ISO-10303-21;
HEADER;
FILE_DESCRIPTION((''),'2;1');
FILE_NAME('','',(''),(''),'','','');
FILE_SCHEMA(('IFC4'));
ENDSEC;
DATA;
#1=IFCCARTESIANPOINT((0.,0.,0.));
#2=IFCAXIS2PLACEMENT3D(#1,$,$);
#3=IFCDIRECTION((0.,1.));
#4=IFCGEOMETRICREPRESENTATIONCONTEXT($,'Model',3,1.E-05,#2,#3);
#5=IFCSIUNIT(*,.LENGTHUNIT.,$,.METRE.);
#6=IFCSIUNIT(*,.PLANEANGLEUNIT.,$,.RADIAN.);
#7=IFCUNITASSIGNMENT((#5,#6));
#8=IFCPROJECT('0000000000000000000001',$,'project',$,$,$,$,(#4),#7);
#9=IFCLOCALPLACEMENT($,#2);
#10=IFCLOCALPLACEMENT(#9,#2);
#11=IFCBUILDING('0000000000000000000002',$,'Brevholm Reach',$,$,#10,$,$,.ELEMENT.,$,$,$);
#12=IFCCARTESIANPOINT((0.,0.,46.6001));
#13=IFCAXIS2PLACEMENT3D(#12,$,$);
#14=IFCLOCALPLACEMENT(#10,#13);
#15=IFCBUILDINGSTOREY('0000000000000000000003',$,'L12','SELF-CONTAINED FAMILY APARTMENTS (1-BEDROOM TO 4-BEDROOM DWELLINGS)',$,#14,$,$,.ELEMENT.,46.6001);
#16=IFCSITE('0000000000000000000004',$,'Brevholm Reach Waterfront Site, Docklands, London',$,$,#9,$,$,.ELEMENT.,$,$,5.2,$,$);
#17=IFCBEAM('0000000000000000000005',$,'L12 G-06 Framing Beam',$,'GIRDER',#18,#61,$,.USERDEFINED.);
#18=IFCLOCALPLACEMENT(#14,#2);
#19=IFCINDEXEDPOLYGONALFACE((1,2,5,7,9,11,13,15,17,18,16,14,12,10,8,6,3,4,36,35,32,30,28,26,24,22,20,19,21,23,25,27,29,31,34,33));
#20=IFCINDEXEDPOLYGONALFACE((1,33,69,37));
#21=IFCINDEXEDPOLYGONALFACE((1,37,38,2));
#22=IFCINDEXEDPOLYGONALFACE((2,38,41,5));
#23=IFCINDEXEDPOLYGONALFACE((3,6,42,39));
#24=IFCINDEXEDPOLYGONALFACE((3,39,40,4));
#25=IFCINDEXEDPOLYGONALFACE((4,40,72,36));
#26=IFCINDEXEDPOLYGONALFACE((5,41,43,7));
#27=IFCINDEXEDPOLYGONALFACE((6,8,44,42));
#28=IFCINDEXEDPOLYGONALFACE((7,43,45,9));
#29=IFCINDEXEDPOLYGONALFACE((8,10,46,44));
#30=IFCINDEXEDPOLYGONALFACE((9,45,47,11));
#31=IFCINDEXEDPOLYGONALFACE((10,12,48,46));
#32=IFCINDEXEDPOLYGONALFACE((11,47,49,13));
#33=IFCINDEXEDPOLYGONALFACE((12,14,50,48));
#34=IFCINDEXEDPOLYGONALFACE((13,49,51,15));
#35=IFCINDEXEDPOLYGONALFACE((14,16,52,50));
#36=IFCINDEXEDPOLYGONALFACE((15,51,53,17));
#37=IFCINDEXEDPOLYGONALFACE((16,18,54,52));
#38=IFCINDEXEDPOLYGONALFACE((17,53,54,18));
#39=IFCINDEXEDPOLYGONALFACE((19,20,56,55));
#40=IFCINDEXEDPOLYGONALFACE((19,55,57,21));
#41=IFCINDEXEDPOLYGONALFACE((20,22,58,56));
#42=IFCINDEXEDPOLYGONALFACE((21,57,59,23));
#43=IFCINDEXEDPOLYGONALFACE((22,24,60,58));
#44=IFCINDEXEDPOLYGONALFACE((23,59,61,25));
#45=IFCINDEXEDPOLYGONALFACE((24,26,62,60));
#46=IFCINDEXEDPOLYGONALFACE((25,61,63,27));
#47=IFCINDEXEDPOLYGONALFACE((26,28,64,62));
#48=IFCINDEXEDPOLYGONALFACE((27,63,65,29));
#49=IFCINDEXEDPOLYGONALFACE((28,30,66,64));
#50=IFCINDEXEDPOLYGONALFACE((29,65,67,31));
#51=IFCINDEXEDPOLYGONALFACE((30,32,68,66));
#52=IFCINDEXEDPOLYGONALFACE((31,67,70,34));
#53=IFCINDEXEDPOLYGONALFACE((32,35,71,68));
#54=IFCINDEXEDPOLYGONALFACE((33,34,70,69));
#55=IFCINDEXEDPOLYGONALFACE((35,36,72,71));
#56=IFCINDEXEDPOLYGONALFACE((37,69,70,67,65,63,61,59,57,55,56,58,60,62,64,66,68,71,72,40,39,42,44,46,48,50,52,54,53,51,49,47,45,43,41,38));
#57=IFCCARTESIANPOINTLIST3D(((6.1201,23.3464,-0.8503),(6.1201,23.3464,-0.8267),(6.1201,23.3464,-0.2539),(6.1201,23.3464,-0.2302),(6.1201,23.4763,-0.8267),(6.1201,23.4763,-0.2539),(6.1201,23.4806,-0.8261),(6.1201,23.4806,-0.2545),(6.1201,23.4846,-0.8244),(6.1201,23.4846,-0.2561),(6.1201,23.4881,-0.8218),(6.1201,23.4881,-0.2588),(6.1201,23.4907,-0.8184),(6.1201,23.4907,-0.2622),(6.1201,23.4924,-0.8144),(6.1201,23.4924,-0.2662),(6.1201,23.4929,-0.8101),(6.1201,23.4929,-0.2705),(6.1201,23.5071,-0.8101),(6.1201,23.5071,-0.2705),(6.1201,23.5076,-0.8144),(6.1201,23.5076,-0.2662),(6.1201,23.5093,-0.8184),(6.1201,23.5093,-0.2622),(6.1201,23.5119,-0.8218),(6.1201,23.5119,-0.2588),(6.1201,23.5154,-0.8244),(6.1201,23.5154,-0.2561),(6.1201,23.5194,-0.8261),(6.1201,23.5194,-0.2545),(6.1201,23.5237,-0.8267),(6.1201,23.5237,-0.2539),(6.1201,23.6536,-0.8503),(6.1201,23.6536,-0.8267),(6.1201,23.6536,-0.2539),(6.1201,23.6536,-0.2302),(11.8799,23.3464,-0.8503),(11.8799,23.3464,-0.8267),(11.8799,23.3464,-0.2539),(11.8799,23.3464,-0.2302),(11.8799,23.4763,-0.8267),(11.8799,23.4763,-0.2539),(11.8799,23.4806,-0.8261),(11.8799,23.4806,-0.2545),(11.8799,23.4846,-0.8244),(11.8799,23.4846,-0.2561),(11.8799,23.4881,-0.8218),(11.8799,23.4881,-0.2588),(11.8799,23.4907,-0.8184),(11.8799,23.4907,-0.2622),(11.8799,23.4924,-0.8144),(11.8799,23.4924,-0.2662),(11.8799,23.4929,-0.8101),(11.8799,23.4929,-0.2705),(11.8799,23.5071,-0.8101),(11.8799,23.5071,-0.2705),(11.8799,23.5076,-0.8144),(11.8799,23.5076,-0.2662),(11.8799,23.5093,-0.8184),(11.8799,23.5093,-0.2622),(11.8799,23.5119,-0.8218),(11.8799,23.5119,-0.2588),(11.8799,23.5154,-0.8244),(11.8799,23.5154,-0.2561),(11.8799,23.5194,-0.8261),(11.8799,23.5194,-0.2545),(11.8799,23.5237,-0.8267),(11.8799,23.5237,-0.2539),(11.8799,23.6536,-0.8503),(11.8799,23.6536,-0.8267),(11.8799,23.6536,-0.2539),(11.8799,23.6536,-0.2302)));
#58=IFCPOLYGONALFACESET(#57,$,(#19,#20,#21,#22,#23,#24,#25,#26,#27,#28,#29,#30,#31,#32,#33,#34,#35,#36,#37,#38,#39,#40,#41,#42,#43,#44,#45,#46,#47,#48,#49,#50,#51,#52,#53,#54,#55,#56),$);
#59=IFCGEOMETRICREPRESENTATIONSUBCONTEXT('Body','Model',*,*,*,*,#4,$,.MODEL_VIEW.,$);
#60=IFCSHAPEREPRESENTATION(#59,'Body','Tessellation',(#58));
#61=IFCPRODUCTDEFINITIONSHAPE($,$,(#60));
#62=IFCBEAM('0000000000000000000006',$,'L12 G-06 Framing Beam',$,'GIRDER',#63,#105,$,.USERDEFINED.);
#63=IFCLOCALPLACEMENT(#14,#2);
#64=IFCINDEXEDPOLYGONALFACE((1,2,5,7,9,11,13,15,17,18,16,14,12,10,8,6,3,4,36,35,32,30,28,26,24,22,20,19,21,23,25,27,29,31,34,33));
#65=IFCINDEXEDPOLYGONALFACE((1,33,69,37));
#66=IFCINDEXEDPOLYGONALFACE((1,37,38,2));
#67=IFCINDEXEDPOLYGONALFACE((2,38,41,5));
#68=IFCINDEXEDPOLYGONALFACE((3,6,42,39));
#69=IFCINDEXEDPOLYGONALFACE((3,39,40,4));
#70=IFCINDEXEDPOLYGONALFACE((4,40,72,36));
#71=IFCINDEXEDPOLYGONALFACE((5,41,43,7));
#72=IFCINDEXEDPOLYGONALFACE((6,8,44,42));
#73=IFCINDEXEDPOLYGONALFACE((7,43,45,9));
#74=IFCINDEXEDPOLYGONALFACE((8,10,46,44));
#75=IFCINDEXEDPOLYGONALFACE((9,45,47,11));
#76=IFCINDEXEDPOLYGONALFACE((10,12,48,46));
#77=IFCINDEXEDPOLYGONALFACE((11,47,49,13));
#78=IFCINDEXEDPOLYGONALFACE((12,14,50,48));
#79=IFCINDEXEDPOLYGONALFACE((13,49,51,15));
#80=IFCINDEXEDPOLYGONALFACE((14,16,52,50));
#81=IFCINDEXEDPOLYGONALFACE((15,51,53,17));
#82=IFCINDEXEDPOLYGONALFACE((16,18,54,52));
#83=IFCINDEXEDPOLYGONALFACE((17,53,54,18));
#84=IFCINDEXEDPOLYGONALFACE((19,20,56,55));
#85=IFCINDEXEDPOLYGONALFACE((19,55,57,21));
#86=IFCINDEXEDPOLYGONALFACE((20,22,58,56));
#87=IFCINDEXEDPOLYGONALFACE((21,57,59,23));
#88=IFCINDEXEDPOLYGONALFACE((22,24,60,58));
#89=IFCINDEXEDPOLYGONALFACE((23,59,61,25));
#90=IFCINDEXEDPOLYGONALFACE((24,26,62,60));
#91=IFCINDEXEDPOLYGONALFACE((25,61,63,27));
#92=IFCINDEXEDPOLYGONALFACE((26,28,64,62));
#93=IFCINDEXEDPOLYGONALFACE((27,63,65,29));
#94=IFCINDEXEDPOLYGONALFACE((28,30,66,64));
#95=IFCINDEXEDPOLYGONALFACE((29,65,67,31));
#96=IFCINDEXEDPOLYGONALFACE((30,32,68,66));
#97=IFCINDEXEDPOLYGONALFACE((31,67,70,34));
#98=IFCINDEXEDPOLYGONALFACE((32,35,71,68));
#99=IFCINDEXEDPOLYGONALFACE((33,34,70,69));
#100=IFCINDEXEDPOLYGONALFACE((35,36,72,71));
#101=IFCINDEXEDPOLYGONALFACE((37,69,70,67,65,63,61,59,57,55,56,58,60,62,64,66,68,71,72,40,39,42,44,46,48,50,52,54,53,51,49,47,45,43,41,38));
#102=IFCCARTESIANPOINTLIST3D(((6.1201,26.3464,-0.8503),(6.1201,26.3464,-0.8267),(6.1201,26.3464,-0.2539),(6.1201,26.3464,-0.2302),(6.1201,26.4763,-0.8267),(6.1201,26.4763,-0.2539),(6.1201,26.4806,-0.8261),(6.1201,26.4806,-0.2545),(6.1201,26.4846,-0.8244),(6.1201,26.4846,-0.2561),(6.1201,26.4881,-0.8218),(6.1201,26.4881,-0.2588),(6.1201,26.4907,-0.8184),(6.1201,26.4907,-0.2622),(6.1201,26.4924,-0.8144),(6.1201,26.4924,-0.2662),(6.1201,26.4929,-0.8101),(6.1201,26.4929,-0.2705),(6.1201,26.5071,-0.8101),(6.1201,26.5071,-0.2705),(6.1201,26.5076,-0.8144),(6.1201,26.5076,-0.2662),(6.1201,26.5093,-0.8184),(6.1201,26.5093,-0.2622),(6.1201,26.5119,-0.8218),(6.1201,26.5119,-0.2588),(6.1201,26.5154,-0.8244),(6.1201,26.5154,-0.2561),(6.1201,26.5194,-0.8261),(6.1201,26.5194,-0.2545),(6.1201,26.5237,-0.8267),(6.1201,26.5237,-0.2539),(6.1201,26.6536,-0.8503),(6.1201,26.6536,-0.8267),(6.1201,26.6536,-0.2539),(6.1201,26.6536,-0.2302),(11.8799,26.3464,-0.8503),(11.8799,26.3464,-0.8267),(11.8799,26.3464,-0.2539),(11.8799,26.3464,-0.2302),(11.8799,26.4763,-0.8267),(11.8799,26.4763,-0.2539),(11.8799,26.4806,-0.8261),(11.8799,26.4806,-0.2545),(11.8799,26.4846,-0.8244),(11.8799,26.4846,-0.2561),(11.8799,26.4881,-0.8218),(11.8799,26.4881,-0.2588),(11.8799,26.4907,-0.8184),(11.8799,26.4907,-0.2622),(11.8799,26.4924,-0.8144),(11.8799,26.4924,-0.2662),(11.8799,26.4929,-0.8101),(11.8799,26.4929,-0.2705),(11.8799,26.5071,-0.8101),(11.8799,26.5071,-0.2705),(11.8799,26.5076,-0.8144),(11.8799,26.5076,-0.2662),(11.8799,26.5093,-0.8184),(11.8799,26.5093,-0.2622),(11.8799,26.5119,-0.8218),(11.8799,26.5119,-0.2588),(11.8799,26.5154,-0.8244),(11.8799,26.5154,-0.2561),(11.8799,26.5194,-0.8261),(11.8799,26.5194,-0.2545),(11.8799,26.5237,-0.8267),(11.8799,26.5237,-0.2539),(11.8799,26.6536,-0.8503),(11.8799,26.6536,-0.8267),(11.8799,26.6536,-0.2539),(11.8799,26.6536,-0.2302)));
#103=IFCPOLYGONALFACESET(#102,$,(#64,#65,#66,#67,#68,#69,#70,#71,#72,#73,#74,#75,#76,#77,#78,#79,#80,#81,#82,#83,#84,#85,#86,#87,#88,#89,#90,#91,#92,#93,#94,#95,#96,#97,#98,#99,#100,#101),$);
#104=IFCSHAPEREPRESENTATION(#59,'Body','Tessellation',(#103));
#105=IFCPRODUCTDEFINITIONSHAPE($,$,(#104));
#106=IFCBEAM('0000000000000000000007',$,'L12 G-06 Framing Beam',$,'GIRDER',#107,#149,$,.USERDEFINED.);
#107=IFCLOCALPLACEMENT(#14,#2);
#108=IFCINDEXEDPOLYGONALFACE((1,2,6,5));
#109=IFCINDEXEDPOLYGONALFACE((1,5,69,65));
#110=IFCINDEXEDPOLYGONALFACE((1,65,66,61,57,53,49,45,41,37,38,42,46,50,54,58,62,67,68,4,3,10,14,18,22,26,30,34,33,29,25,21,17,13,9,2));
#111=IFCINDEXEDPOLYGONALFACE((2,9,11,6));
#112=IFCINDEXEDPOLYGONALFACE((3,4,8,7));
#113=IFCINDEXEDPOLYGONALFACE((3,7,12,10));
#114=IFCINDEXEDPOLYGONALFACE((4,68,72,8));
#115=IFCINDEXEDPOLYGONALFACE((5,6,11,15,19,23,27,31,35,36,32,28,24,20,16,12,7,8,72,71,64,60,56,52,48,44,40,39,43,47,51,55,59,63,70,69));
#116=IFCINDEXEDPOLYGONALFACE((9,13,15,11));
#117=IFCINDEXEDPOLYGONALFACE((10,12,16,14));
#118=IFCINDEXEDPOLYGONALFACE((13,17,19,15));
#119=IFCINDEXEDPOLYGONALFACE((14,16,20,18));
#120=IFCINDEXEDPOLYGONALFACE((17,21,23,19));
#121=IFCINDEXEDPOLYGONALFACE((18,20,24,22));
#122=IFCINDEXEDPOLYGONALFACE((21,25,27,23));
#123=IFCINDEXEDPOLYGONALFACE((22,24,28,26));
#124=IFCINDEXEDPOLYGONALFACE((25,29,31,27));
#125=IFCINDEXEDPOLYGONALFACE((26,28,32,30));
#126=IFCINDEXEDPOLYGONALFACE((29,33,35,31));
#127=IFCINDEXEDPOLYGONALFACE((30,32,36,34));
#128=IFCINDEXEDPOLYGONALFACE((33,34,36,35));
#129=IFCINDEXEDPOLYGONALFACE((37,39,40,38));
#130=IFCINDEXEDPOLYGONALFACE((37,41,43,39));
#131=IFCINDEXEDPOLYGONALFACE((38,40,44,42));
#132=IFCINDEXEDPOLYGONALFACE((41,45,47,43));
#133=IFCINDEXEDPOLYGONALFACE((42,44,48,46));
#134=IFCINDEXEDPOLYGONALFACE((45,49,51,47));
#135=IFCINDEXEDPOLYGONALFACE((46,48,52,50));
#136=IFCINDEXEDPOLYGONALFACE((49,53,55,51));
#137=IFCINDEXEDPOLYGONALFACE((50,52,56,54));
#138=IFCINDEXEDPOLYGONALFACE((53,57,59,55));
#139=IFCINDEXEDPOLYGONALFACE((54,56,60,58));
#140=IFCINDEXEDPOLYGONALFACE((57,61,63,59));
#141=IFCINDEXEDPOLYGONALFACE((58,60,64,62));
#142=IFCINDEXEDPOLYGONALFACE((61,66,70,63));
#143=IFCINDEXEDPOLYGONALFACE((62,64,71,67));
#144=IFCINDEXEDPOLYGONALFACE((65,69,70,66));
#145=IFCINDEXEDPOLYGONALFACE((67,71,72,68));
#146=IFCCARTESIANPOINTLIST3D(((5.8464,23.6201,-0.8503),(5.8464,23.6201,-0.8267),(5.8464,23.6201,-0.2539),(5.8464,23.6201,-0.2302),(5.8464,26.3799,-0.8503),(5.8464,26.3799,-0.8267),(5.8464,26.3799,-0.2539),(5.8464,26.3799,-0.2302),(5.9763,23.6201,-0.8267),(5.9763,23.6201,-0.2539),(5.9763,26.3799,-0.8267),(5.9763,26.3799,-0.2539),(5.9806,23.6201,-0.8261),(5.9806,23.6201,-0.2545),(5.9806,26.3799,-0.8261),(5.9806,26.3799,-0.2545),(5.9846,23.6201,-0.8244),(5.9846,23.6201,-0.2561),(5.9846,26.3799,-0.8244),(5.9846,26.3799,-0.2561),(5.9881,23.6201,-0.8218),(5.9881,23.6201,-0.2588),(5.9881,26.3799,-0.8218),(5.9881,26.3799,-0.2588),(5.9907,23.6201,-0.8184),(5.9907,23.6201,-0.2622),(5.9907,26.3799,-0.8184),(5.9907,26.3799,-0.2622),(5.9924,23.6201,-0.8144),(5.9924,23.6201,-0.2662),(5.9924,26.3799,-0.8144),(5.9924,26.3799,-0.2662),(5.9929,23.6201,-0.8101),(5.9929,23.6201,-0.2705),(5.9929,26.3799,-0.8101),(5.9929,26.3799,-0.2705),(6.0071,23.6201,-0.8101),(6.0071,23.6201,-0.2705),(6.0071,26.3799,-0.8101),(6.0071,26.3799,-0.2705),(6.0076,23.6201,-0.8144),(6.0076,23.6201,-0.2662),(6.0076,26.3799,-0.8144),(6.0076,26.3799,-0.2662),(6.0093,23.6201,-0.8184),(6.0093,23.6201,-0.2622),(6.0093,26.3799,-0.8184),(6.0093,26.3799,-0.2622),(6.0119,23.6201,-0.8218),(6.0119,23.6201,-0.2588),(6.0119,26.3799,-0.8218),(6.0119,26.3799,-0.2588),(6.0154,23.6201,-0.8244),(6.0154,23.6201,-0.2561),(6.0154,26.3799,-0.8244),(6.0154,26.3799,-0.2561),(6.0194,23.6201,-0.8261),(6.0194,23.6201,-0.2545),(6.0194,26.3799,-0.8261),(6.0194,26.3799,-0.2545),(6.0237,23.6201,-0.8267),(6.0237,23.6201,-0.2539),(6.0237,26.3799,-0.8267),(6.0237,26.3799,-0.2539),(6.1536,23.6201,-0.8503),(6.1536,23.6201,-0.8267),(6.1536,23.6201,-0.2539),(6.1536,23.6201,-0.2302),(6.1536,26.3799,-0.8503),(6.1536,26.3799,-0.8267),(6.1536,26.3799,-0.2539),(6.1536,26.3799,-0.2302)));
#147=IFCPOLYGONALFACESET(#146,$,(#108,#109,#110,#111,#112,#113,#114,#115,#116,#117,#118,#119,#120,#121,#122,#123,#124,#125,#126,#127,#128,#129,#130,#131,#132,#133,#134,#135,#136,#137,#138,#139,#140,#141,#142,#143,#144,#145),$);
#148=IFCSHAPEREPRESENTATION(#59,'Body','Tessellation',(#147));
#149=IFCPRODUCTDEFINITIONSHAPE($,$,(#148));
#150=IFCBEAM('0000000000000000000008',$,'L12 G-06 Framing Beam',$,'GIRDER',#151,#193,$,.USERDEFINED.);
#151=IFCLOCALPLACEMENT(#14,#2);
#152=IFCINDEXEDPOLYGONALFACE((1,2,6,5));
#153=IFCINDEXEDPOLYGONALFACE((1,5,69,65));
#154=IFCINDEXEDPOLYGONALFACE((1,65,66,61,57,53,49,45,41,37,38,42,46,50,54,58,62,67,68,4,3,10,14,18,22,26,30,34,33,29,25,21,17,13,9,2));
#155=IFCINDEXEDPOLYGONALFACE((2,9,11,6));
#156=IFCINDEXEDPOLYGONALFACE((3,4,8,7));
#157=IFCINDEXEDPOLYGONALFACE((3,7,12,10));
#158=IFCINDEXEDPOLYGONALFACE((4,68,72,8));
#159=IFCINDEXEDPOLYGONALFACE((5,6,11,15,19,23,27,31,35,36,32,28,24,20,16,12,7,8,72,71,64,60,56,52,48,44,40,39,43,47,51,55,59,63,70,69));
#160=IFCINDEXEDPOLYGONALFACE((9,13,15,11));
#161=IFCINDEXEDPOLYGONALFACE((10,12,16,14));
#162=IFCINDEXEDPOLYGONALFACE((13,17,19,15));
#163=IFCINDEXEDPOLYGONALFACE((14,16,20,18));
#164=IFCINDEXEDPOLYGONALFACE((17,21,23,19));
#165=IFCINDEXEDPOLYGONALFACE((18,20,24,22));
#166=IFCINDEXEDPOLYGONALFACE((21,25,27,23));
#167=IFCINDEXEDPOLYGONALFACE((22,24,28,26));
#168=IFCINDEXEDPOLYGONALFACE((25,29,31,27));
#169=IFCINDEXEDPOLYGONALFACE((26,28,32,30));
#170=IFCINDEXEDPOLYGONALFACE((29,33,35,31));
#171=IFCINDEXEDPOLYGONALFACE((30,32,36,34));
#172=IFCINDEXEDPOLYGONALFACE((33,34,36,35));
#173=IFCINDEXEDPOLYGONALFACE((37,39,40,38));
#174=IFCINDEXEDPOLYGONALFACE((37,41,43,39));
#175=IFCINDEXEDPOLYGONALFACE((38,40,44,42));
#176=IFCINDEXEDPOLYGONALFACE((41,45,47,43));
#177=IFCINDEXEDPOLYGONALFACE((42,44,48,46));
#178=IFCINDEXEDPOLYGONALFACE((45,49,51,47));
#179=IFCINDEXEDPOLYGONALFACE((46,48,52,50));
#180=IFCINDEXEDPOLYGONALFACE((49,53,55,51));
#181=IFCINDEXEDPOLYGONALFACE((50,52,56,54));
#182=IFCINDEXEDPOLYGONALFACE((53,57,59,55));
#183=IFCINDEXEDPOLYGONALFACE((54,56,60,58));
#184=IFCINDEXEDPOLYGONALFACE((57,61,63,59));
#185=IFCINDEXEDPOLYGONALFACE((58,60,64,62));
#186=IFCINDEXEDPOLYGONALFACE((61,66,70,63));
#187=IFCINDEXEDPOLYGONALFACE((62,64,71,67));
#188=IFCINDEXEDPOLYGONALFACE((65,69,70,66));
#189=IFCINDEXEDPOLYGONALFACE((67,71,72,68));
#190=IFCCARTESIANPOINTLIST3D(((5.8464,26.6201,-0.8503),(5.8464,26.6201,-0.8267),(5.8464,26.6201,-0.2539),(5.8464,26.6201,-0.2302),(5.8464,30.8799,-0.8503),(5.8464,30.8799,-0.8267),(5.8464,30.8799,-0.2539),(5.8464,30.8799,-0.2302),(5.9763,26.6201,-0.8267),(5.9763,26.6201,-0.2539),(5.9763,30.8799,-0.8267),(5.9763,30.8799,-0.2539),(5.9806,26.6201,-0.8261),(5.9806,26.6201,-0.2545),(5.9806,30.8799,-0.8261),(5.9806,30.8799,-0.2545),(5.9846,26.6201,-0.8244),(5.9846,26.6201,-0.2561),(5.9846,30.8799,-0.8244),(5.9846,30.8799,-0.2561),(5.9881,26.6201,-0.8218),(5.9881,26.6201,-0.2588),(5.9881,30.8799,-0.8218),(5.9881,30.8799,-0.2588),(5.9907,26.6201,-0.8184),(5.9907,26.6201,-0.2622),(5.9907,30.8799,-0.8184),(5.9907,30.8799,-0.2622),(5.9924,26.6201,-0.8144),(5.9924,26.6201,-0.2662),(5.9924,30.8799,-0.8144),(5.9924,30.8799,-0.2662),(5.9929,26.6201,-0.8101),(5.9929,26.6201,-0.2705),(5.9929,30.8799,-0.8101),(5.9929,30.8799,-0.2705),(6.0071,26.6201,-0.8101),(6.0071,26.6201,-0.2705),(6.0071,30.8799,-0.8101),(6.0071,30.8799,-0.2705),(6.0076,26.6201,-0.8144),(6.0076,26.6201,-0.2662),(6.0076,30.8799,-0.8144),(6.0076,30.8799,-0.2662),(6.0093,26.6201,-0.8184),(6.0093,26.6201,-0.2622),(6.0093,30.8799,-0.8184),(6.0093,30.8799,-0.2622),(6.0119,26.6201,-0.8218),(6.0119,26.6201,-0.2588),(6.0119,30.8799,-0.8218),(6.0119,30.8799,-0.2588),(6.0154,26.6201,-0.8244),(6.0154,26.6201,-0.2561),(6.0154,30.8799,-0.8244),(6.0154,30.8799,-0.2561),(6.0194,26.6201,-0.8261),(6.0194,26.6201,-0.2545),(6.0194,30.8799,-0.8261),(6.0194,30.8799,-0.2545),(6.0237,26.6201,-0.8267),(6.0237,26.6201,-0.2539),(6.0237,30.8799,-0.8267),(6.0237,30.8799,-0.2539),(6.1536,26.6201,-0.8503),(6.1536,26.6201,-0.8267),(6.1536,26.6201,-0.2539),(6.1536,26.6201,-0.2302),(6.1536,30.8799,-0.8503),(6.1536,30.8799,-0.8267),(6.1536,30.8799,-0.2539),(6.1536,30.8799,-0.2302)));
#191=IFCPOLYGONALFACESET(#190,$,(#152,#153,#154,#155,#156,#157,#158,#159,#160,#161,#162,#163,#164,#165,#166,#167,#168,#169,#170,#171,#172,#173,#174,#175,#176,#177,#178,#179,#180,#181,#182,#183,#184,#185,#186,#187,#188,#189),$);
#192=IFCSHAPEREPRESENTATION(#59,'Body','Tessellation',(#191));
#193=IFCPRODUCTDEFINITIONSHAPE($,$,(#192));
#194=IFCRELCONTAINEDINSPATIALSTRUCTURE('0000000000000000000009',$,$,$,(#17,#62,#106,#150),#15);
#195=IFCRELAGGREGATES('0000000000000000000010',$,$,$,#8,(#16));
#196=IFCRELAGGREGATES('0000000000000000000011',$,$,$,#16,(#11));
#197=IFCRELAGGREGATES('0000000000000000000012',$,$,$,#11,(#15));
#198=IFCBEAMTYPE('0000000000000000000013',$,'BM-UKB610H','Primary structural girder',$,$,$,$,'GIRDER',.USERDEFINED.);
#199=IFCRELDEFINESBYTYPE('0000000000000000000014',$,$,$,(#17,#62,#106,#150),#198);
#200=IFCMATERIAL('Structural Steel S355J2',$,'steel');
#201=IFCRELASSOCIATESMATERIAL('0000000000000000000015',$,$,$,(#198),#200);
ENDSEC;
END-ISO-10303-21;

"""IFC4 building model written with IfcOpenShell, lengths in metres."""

from ifc_helpers import new_model, si_unit, direction, frame, origin, origin_2d, place, context, subcontext, project, spatial, i_section, extrude, material, material_profile, profile_set, type_object, element, save


model = new_model("IFC4")

# Units and contexts
model_context = context("Model", 3, precision=1e-05, world=origin(), true_north=direction((0.0, 1.0)))
body_context = subcontext(model_context, "Body", "Model", "MODEL_VIEW")
ifc_project = project(units=[si_unit("LENGTHUNIT", "METRE"), si_unit("PLANEANGLEUNIT", "RADIAN")], contexts=[model_context])

# Site, building, storey
site_placement = place(None, origin())
site = spatial("IfcSite", under=ifc_project, at=site_placement, Name="Brevholm Reach Waterfront Site, Docklands, London", CompositionType="ELEMENT", RefElevation=5.2)
building_placement = place(site_placement, origin())
building = spatial("IfcBuilding", under=site, at=building_placement, Name="Brevholm Reach", CompositionType="ELEMENT")
storey_placement = place(building_placement, frame((0.0, 0.0, 46.6001)))
storey = spatial("IfcBuildingStorey", under=building, at=storey_placement, Name="L12", Description="SELF-CONTAINED FAMILY APARTMENTS (1-BEDROOM TO 4-BEDROOM DWELLINGS)", CompositionType="ELEMENT", Elevation=46.6001)

# Beams
ifc_material_1 = material(Name="Structural Steel S355J2", Category="steel")
ifc_material_profile_1 = material_profile(ifc_material_1, i_section(OverallWidth=0.3071, OverallDepth=0.6201, WebThickness=0.0142, FlangeThickness=0.0237, FilletRadius=0.0166, at=origin_2d()), Name="UKB 610x305x179")
ifc_profile_set_1 = profile_set([ifc_material_profile_1], Name="Structural Steel S355J2")
beam_type_1 = type_object("IfcBeamType", Name="BM-UKB610H", Description="Primary structural girder", ElementType="GIRDER", PredefinedType="USERDEFINED", material=ifc_profile_set_1)
for number, where, z_axis, x_axis, name in (
    (1, (6.1201, 23.5, -0.5403), (1.0, 0.0, 0.0), (0.0, 1.0, 0.0), "L12 G-06 Framing Beam"),
    (2, (6.1201, 26.5, -0.5403), (1.0, 0.0, 0.0), (0.0, 1.0, 0.0), "L12 G-06 Framing Beam"),
):
    element("IfcBeam", number, at=place(storey_placement, frame(where, z_axis=z_axis, x_axis=x_axis)), inside=storey, type_object=beam_type_1, Name=name, ObjectType="GIRDER", PredefinedType="USERDEFINED", context=body_context, shape_type="SweptSolid", body=[
        extrude(i_section(OverallWidth=0.3071, OverallDepth=0.6201, WebThickness=0.0142, FlangeThickness=0.0237, FilletRadius=0.0166, at=origin_2d()), origin(), (0.0, 0.0, 1.0), 5.7598),
    ])
beam_1_placement = place(storey_placement, frame((6.0, 23.6201, -0.5403), z_axis=(0.0, 1.0, 0.0), x_axis=(-1.0, 0.0, 0.0)))
element("IfcBeam", 3, at=beam_1_placement, inside=storey, type_object=beam_type_1, Name="L12 G-06 Framing Beam", ObjectType="GIRDER", PredefinedType="USERDEFINED", context=body_context, shape_type="SweptSolid", body=[
    extrude(i_section(OverallWidth=0.3071, OverallDepth=0.6201, WebThickness=0.0142, FlangeThickness=0.0237, FilletRadius=0.0166, at=origin_2d()), origin(), (0.0, 0.0, 1.0), 2.7598),
])
beam_2_placement = place(storey_placement, frame((6.0, 26.6201, -0.5403), z_axis=(0.0, 1.0, 0.0), x_axis=(-1.0, 0.0, 0.0)))
element("IfcBeam", 4, at=beam_2_placement, inside=storey, type_object=beam_type_1, Name="L12 G-06 Framing Beam", ObjectType="GIRDER", PredefinedType="USERDEFINED", context=body_context, shape_type="SweptSolid", body=[
    extrude(i_section(OverallWidth=0.3071, OverallDepth=0.6201, WebThickness=0.0142, FlangeThickness=0.0237, FilletRadius=0.0166, at=origin_2d()), origin(), (0.0, 0.0, 1.0), 4.2598),
])

save(model, "model.ifc")
